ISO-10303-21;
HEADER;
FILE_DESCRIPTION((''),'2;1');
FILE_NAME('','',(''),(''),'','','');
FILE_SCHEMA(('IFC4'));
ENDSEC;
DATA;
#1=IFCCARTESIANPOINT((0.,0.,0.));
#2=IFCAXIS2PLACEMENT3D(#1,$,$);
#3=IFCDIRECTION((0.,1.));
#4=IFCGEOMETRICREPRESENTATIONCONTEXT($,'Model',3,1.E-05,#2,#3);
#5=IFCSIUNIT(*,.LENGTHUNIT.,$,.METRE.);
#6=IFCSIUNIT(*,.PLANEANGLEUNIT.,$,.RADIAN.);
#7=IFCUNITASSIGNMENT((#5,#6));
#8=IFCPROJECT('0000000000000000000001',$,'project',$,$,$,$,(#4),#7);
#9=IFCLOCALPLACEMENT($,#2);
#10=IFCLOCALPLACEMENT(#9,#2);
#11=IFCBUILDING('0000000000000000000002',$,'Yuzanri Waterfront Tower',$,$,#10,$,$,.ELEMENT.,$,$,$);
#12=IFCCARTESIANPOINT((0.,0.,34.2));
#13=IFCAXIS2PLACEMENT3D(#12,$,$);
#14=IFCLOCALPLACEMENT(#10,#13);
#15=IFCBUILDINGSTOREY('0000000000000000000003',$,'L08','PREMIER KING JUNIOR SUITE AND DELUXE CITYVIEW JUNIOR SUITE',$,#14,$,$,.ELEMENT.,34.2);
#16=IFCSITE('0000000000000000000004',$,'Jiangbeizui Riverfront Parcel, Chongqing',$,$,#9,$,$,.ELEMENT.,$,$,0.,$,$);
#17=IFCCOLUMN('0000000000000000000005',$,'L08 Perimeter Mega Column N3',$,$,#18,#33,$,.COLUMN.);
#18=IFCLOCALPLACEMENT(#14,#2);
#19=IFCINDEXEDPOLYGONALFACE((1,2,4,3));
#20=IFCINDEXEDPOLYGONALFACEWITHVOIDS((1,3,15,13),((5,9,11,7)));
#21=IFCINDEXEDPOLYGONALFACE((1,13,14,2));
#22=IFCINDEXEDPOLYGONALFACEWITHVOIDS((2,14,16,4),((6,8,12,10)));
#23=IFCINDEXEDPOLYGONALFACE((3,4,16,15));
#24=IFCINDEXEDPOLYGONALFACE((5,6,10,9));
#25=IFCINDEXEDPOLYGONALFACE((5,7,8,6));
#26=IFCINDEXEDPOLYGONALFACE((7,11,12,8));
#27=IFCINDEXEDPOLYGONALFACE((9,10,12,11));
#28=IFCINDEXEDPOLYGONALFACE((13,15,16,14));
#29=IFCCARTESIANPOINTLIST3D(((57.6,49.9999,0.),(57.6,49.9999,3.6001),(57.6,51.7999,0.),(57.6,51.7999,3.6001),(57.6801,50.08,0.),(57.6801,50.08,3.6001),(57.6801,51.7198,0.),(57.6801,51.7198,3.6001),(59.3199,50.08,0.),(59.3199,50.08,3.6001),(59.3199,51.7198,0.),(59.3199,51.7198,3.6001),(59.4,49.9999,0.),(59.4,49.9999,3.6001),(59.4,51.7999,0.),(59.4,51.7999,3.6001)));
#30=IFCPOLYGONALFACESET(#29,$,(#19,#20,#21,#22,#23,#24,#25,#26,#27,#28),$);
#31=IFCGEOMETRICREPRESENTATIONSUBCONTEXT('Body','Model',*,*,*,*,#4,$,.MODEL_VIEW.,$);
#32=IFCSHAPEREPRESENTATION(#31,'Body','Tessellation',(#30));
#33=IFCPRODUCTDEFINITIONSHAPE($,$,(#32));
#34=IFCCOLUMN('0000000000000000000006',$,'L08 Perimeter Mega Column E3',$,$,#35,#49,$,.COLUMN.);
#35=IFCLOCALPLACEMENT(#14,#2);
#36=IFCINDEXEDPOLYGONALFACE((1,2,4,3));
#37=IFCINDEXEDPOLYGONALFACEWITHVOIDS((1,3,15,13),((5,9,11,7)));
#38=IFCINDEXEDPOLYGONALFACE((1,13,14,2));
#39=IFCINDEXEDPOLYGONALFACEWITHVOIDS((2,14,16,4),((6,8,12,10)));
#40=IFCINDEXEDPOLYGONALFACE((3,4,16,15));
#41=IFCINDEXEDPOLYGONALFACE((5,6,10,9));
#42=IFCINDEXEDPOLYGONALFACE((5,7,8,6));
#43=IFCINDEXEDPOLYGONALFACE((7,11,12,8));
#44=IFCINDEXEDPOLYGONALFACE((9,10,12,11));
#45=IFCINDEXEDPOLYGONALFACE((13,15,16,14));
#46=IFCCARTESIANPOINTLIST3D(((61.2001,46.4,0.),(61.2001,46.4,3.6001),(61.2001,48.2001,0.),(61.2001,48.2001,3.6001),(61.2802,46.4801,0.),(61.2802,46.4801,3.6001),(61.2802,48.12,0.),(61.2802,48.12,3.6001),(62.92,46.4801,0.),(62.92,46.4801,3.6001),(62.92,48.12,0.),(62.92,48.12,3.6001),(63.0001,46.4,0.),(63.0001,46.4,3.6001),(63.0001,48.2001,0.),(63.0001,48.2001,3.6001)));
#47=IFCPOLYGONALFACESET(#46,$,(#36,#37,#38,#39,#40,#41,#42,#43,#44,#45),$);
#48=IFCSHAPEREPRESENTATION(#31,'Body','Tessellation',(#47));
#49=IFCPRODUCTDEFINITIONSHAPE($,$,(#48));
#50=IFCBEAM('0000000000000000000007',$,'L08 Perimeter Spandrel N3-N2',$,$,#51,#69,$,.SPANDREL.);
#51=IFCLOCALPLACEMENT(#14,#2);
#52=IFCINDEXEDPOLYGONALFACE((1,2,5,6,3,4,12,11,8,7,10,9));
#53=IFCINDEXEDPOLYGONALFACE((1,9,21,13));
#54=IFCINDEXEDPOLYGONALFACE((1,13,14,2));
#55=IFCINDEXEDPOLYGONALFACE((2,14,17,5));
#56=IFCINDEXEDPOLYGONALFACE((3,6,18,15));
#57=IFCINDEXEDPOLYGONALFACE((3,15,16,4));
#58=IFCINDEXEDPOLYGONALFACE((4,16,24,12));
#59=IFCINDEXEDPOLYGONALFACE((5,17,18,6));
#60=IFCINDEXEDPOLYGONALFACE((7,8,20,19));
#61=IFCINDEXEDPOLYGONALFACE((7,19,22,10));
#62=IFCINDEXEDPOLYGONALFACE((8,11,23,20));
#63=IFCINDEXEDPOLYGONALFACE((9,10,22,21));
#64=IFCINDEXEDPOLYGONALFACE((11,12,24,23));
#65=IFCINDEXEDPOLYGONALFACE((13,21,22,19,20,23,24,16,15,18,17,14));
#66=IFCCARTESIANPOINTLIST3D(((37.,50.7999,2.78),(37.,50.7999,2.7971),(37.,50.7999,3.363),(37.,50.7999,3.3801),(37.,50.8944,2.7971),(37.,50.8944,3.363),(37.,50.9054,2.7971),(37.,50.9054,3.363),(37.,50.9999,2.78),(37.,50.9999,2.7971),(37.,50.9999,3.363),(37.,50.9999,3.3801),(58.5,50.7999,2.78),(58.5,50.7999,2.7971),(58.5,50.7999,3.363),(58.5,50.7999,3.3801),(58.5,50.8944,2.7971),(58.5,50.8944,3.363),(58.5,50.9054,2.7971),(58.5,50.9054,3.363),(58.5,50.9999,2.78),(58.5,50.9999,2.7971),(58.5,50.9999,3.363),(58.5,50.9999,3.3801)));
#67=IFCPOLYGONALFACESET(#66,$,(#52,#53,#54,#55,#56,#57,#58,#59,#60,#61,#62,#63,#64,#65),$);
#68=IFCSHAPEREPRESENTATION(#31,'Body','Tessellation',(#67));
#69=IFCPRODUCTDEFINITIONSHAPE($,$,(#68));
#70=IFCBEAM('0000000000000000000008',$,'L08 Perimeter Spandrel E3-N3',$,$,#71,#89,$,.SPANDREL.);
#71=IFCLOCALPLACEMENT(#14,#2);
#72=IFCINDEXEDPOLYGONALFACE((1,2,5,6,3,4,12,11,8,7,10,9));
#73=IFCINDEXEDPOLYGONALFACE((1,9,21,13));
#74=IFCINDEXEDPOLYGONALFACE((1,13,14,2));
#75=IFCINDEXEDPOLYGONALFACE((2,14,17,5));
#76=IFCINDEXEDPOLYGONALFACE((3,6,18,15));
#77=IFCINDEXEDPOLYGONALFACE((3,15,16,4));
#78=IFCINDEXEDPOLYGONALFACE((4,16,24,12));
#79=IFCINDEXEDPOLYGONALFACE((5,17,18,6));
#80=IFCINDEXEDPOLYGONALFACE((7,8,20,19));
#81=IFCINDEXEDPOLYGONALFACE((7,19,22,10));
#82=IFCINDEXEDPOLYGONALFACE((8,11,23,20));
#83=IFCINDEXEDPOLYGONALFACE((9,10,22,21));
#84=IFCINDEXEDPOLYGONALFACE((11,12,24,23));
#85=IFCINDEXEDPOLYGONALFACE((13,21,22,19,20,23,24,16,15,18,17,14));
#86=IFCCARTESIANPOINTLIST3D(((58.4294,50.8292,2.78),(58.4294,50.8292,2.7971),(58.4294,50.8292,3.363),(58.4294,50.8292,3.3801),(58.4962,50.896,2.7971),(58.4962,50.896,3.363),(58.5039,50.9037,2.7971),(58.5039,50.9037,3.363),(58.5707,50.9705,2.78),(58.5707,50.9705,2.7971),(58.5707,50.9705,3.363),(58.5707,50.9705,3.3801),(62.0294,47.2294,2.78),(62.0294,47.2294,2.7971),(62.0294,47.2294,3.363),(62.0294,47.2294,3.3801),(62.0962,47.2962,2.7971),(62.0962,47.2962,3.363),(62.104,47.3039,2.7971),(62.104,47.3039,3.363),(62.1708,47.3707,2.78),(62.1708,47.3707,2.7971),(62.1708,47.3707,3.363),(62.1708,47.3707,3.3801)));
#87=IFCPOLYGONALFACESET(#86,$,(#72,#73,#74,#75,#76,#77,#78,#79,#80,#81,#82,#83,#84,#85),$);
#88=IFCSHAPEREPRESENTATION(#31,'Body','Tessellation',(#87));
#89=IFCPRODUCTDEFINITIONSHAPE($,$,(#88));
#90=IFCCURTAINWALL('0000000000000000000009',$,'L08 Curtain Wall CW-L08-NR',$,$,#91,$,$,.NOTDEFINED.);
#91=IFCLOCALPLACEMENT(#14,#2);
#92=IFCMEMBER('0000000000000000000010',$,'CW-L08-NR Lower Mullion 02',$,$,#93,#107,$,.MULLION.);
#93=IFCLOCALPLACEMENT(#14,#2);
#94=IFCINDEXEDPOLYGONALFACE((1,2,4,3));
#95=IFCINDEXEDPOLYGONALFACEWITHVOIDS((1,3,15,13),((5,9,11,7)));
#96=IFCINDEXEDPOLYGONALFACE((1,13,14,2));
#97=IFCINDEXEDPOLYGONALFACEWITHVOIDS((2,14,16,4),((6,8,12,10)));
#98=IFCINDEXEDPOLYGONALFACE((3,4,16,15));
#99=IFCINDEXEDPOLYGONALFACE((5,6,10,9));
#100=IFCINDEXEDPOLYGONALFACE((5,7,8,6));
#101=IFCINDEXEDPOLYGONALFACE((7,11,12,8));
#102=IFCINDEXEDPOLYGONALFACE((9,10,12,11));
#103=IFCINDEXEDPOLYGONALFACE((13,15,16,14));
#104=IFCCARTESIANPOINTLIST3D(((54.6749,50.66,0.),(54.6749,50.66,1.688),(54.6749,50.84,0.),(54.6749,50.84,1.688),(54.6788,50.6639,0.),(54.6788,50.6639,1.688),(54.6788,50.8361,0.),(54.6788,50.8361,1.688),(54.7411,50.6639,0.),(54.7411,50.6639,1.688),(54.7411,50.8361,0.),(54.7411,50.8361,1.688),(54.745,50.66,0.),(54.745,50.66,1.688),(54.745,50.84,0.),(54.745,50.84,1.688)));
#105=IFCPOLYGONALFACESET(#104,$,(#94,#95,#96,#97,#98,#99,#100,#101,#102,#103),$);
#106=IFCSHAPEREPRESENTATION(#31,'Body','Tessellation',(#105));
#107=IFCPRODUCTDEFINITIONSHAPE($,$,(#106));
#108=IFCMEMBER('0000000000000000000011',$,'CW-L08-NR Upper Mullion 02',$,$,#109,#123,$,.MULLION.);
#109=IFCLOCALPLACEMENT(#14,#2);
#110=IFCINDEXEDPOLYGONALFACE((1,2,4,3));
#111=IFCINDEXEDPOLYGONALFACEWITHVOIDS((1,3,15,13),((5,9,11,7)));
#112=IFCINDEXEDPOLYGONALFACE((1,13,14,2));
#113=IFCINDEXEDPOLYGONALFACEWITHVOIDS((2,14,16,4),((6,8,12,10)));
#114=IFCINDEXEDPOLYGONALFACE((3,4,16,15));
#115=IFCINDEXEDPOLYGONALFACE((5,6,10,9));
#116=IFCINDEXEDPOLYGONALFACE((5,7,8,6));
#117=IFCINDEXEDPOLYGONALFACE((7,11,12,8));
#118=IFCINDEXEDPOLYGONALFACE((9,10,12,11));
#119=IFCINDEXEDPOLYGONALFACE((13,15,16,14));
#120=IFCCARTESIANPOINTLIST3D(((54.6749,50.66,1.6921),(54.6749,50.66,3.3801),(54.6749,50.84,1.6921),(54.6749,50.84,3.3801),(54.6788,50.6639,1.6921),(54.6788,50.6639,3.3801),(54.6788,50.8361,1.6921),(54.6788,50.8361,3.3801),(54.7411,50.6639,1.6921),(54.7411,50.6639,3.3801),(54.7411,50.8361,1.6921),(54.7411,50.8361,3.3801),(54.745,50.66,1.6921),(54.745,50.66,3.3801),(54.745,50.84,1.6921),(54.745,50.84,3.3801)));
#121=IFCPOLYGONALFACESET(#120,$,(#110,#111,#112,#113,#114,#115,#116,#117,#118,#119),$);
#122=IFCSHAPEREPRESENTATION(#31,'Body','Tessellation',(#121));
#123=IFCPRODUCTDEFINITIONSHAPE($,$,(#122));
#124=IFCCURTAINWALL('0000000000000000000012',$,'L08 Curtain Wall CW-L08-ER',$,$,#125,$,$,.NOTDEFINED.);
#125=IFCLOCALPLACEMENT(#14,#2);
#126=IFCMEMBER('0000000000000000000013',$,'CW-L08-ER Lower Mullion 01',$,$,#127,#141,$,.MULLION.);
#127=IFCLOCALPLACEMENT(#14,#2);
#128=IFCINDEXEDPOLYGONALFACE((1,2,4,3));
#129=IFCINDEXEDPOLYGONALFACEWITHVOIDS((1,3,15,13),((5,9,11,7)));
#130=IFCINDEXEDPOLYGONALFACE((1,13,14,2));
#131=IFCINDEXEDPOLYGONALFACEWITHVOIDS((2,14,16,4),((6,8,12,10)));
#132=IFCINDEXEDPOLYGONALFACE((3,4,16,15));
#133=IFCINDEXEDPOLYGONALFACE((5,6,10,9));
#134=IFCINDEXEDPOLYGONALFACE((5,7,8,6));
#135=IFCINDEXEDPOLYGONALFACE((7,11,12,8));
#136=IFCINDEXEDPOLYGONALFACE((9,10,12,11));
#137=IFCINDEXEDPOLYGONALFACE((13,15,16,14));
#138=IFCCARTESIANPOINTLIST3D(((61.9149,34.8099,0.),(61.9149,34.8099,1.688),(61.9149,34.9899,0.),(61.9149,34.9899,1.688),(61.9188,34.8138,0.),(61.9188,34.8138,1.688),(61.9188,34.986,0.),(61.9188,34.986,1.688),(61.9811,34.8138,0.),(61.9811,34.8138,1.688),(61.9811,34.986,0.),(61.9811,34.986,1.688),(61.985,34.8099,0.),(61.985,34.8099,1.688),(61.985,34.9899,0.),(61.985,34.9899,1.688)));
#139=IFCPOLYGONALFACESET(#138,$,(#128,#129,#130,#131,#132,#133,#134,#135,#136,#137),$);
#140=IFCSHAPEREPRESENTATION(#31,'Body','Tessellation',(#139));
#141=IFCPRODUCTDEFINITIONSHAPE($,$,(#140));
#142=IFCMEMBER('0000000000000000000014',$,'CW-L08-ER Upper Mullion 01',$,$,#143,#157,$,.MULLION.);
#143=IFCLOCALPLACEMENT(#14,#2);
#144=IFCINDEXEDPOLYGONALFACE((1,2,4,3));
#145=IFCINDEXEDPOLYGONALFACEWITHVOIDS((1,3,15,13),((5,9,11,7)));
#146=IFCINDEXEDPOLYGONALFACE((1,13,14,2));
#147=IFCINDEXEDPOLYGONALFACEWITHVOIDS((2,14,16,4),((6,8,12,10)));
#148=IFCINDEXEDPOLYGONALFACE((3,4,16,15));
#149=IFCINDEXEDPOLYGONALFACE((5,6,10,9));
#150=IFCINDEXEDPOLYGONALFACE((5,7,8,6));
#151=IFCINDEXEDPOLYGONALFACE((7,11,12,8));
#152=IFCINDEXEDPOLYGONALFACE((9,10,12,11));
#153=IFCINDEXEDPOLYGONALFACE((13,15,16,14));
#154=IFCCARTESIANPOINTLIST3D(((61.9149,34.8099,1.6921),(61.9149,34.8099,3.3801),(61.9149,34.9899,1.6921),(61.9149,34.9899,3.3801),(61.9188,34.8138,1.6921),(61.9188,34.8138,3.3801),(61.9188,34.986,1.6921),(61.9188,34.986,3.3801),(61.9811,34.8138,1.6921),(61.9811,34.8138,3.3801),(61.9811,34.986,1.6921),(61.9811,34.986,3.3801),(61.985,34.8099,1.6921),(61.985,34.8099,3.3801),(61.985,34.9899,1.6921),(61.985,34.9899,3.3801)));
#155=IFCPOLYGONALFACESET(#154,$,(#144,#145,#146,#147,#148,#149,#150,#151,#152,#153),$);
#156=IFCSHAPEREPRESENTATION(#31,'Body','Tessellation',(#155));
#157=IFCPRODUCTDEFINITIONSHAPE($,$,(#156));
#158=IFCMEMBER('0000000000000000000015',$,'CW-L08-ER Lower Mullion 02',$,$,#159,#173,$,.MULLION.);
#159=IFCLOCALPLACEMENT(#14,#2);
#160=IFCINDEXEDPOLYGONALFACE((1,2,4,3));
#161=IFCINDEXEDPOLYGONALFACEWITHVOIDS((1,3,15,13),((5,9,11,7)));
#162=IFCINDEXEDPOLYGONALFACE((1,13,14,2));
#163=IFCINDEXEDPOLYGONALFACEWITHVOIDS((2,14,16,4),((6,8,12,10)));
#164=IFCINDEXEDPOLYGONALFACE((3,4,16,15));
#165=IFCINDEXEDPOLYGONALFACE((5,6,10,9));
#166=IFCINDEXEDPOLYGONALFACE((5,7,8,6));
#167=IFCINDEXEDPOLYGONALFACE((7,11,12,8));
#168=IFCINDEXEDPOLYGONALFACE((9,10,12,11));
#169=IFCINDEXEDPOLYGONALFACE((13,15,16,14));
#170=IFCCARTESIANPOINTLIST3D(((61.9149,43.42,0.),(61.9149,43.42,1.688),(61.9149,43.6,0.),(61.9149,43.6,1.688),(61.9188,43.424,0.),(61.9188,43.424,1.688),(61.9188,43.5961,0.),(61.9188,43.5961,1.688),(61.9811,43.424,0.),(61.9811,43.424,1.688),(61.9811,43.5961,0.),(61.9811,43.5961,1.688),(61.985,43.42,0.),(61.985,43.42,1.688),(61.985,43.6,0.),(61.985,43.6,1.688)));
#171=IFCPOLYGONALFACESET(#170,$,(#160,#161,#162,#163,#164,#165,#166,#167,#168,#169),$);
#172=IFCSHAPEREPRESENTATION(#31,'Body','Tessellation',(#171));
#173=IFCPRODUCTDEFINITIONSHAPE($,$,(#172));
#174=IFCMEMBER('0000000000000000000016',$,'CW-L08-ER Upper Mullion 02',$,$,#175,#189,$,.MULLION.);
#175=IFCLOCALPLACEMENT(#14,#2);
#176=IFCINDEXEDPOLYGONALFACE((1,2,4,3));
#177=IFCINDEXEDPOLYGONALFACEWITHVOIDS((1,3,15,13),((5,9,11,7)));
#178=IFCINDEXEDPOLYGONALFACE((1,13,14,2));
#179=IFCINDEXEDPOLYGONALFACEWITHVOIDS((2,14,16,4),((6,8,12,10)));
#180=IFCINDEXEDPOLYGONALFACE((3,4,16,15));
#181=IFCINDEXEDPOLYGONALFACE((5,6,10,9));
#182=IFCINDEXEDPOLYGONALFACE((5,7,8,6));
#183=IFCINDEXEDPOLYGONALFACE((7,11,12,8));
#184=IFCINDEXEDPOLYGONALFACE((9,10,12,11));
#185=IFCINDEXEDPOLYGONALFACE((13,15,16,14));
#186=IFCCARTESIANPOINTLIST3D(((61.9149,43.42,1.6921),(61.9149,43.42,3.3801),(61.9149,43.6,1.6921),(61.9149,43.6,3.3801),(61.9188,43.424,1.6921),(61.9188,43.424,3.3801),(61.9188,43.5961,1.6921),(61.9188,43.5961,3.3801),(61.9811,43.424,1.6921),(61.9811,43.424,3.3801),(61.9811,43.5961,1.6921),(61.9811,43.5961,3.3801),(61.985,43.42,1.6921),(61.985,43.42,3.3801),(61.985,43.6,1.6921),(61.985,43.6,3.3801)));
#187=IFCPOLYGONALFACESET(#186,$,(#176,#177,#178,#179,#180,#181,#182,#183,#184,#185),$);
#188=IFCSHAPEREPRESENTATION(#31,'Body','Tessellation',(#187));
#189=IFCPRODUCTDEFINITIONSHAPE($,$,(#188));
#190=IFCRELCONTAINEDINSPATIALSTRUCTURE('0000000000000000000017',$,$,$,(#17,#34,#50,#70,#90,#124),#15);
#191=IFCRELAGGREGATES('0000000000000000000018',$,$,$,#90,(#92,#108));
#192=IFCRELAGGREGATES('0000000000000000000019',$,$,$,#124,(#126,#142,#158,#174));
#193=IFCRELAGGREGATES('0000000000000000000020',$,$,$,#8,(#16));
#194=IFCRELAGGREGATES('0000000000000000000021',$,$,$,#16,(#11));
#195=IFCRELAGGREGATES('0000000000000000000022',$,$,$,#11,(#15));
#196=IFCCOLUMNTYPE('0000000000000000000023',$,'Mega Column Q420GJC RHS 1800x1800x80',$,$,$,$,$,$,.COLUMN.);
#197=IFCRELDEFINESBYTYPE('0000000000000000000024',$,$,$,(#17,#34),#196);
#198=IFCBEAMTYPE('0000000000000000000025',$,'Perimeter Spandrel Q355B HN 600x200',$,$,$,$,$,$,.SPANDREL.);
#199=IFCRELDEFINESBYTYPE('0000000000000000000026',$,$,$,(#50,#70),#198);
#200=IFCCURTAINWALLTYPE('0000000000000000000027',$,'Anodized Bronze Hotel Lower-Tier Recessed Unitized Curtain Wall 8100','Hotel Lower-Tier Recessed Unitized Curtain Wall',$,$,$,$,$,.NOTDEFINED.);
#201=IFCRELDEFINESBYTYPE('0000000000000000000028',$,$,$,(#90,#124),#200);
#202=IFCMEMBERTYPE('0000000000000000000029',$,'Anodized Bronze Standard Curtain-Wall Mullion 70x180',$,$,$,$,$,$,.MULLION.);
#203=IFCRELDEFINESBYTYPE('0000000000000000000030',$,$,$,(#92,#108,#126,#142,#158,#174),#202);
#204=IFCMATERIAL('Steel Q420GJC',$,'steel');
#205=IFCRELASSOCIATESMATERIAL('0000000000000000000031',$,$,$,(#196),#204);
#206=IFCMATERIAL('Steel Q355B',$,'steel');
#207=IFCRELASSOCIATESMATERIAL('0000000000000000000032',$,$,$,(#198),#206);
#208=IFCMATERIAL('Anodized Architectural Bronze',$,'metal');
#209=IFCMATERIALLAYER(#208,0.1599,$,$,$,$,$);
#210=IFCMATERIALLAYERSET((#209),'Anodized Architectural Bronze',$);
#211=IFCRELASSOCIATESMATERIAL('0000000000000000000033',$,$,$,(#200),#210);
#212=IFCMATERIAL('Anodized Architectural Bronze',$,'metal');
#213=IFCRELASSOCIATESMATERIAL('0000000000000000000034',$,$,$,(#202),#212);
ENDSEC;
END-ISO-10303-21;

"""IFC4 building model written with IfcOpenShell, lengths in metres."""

from ifc_helpers import new_model, si_unit, direction, frame, origin, origin_2d, place, context, subcontext, project, spatial, hollow_rectangle, i_section, extrude, source, transform, mapped, material, layer, layer_set, material_profile, profile_set, type_object, element, aggregate, save


model = new_model("IFC4")

# Units and contexts
model_context = context("Model", 3, precision=1e-05, world=origin(), true_north=direction((0.0, 1.0)))
body_context = subcontext(model_context, "Body", "Model", "MODEL_VIEW")
ifc_project = project(units=[si_unit("LENGTHUNIT", "METRE"), si_unit("PLANEANGLEUNIT", "RADIAN")], contexts=[model_context])

# Site, building, storey
site_placement = place(None, origin())
site = spatial("IfcSite", under=ifc_project, at=site_placement, Name="Jiangbeizui Riverfront Parcel, Chongqing", CompositionType="ELEMENT", RefElevation=0.0)
building_placement = place(site_placement, origin())
building = spatial("IfcBuilding", under=site, at=building_placement, Name="Yuzanri Waterfront Tower", CompositionType="ELEMENT")
storey_placement = place(building_placement, frame((0.0, 0.0, 34.2)))
storey = spatial("IfcBuildingStorey", under=building, at=storey_placement, Name="L08", Description="PREMIER KING JUNIOR SUITE AND DELUXE CITYVIEW JUNIOR SUITE", CompositionType="ELEMENT", Elevation=34.2)

# Columns
ifc_material_1 = material(Name="Steel Q420GJC", Category="steel")
ifc_material_profile_1 = material_profile(ifc_material_1, hollow_rectangle(XDim=1.8, YDim=1.8, WallThickness=0.0801, at=origin_2d()), Name="RHS 1800x1800x80")
ifc_profile_set_1 = profile_set([ifc_material_profile_1], Name="Steel Q420GJC")
column_type = type_object("IfcColumnType", Name="Mega Column Q420GJC RHS 1800x1800x80", PredefinedType="COLUMN", material=ifc_profile_set_1)
shared_shape_1 = source(origin(), body_context, "Body", "SweptSolid", [
    extrude(hollow_rectangle(XDim=1.8, YDim=1.8, WallThickness=0.0801, at=origin_2d()), origin(), (0.0, 0.0, 1.0), 3.6001),
])
for number, where, z_axis, x_axis, name in (
    (1, (58.5, 50.8999, 0.0), (0.0, 0.0, 1.0), (1.0, 0.0, 0.0), "L08 Perimeter Mega Column N3"),
    (2, (62.1001, 47.3, 0.0), (0.0, 0.0, 1.0), (1.0, 0.0, 0.0), "L08 Perimeter Mega Column E3"),
):
    element("IfcColumn", number, at=place(storey_placement, frame(where, z_axis=z_axis, x_axis=x_axis)), inside=storey, type_object=column_type, Name=name, PredefinedType="COLUMN", context=body_context, shape_type="MappedRepresentation", body=[
        mapped(shared_shape_1, transform((0.0, 0.0, 0.0), scale=1.0)),
    ])

# Beams
ifc_material_2 = material(Name="Steel Q355B", Category="steel")
ifc_material_profile_2 = material_profile(ifc_material_2, i_section(OverallWidth=0.2, OverallDepth=0.6001, WebThickness=0.011, FlangeThickness=0.0171, at=origin_2d()), Name="HN 600x200x11x17")
ifc_profile_set_2 = profile_set([ifc_material_profile_2], Name="Steel Q355B")
beam_type = type_object("IfcBeamType", Name="Perimeter Spandrel Q355B HN 600x200", PredefinedType="SPANDREL", material=ifc_profile_set_2)
shared_shape_2 = source(origin(), body_context, "Body", "SweptSolid", [
    extrude(i_section(OverallWidth=0.2, OverallDepth=0.6001, WebThickness=0.011, FlangeThickness=0.0171, at=origin_2d()), origin(), (0.0, 0.0, 1.0), 21.5),
])
beam_1_placement = place(storey_placement, frame((58.5, 50.8999, 3.0801), z_axis=(-1.0, 0.0, 0.0), x_axis=(0.0, -1.0, 0.0)))
element("IfcBeam", 3, at=beam_1_placement, inside=storey, type_object=beam_type, Name="L08 Perimeter Spandrel N3-N2", PredefinedType="SPANDREL", context=body_context, shape_type="MappedRepresentation", body=[
    mapped(shared_shape_2, transform((0.0, 0.0, 0.0), scale=1.0)),
])
shared_shape_3 = source(origin(), body_context, "Body", "SweptSolid", [
    extrude(i_section(OverallWidth=0.2, OverallDepth=0.6001, WebThickness=0.011, FlangeThickness=0.0171, at=origin_2d()), origin(), (0.0, 0.0, 1.0), 5.0911),
])
beam_2_placement = place(storey_placement, frame((62.1001, 47.3, 3.0801), z_axis=(-0.707131, 0.707083, 0.0), x_axis=(-0.707083, -0.707131, 0.0)))
element("IfcBeam", 4, at=beam_2_placement, inside=storey, type_object=beam_type, Name="L08 Perimeter Spandrel E3-N3", PredefinedType="SPANDREL", context=body_context, shape_type="MappedRepresentation", body=[
    mapped(shared_shape_3, transform((0.0, 0.0, 0.0), scale=1.0)),
])

# Curtain walls, members
ifc_material_3 = material(Name="Anodized Architectural Bronze", Category="metal")
ifc_layer_1 = layer(ifc_material_3, 0.1599)
ifc_layer_set_1 = layer_set([ifc_layer_1], Name="Anodized Architectural Bronze")
curtain_wall_type = type_object("IfcCurtainWallType", Name="Anodized Bronze Hotel Lower-Tier Recessed Unitized Curtain Wall 8100", Description="Hotel Lower-Tier Recessed Unitized Curtain Wall", PredefinedType="NOTDEFINED", material=ifc_layer_set_1)
curtain_wall_1_placement = place(storey_placement, origin())
curtain_wall_1 = element("IfcCurtainWall", 5, at=curtain_wall_1_placement, inside=storey, type_object=curtain_wall_type, Name="L08 Curtain Wall CW-L08-NR", PredefinedType="NOTDEFINED")
ifc_material_4 = material(Name="Anodized Architectural Bronze", Category="metal")
ifc_material_profile_3 = material_profile(ifc_material_4, hollow_rectangle(XDim=0.0701, YDim=0.1799, WallThickness=0.0039, at=origin_2d()), Name="CWM 70x180")
ifc_profile_set_3 = profile_set([ifc_material_profile_3], Name="Anodized Architectural Bronze")
member_type = type_object("IfcMemberType", Name="Anodized Bronze Standard Curtain-Wall Mullion 70x180", PredefinedType="MULLION", material=ifc_profile_set_3)
shared_shape_4 = source(origin(), body_context, "Body", "SweptSolid", [
    extrude(hollow_rectangle(XDim=0.0701, YDim=0.1799, WallThickness=0.0039, at=origin_2d()), origin(), (0.0, 0.0, 1.0), 1.688),
])
member_1_placement = place(storey_placement, frame((54.71, 50.75, 0.0), z_axis=(0.0, 0.0, 1.0), x_axis=(1.0, 0.0, 0.0)))
member_1 = element("IfcMember", 6, at=member_1_placement, type_object=member_type, Name="CW-L08-NR Lower Mullion 02", PredefinedType="MULLION", context=body_context, shape_type="MappedRepresentation", body=[
    mapped(shared_shape_4, transform((0.0, 0.0, 0.0), scale=1.0)),
])
member_2_placement = place(storey_placement, frame((54.71, 50.75, 1.6921), z_axis=(0.0, 0.0, 1.0), x_axis=(1.0, 0.0, 0.0)))
member_2 = element("IfcMember", 7, at=member_2_placement, type_object=member_type, Name="CW-L08-NR Upper Mullion 02", PredefinedType="MULLION", context=body_context, shape_type="MappedRepresentation", body=[
    mapped(shared_shape_4, transform((0.0, 0.0, 0.0), scale=1.0)),
])
curtain_wall_2_placement = place(storey_placement, origin())
curtain_wall_2 = element("IfcCurtainWall", 8, at=curtain_wall_2_placement, inside=storey, type_object=curtain_wall_type, Name="L08 Curtain Wall CW-L08-ER", PredefinedType="NOTDEFINED")
member_3_placement = place(storey_placement, frame((61.95, 34.8999, 0.0), z_axis=(0.0, 0.0, 1.0), x_axis=(1.0, 0.0, 0.0)))
member_3 = element("IfcMember", 9, at=member_3_placement, type_object=member_type, Name="CW-L08-ER Lower Mullion 01", PredefinedType="MULLION", context=body_context, shape_type="MappedRepresentation", body=[
    mapped(shared_shape_4, transform((0.0, 0.0, 0.0), scale=1.0)),
])
member_4_placement = place(storey_placement, frame((61.95, 34.8999, 1.6921), z_axis=(0.0, 0.0, 1.0), x_axis=(1.0, 0.0, 0.0)))
member_4 = element("IfcMember", 10, at=member_4_placement, type_object=member_type, Name="CW-L08-ER Upper Mullion 01", PredefinedType="MULLION", context=body_context, shape_type="MappedRepresentation", body=[
    mapped(shared_shape_4, transform((0.0, 0.0, 0.0), scale=1.0)),
])
member_5_placement = place(storey_placement, frame((61.95, 43.51, 0.0), z_axis=(0.0, 0.0, 1.0), x_axis=(1.0, 0.0, 0.0)))
member_5 = element("IfcMember", 11, at=member_5_placement, type_object=member_type, Name="CW-L08-ER Lower Mullion 02", PredefinedType="MULLION", context=body_context, shape_type="MappedRepresentation", body=[
    mapped(shared_shape_4, transform((0.0, 0.0, 0.0), scale=1.0)),
])
member_6_placement = place(storey_placement, frame((61.95, 43.51, 1.6921), z_axis=(0.0, 0.0, 1.0), x_axis=(1.0, 0.0, 0.0)))
member_6 = element("IfcMember", 12, at=member_6_placement, type_object=member_type, Name="CW-L08-ER Upper Mullion 02", PredefinedType="MULLION", context=body_context, shape_type="MappedRepresentation", body=[
    mapped(shared_shape_4, transform((0.0, 0.0, 0.0), scale=1.0)),
])

aggregate(curtain_wall_1, [member_1, member_2])
aggregate(curtain_wall_2, [member_3, member_4, member_5, member_6])

save(model, "model.ifc")
